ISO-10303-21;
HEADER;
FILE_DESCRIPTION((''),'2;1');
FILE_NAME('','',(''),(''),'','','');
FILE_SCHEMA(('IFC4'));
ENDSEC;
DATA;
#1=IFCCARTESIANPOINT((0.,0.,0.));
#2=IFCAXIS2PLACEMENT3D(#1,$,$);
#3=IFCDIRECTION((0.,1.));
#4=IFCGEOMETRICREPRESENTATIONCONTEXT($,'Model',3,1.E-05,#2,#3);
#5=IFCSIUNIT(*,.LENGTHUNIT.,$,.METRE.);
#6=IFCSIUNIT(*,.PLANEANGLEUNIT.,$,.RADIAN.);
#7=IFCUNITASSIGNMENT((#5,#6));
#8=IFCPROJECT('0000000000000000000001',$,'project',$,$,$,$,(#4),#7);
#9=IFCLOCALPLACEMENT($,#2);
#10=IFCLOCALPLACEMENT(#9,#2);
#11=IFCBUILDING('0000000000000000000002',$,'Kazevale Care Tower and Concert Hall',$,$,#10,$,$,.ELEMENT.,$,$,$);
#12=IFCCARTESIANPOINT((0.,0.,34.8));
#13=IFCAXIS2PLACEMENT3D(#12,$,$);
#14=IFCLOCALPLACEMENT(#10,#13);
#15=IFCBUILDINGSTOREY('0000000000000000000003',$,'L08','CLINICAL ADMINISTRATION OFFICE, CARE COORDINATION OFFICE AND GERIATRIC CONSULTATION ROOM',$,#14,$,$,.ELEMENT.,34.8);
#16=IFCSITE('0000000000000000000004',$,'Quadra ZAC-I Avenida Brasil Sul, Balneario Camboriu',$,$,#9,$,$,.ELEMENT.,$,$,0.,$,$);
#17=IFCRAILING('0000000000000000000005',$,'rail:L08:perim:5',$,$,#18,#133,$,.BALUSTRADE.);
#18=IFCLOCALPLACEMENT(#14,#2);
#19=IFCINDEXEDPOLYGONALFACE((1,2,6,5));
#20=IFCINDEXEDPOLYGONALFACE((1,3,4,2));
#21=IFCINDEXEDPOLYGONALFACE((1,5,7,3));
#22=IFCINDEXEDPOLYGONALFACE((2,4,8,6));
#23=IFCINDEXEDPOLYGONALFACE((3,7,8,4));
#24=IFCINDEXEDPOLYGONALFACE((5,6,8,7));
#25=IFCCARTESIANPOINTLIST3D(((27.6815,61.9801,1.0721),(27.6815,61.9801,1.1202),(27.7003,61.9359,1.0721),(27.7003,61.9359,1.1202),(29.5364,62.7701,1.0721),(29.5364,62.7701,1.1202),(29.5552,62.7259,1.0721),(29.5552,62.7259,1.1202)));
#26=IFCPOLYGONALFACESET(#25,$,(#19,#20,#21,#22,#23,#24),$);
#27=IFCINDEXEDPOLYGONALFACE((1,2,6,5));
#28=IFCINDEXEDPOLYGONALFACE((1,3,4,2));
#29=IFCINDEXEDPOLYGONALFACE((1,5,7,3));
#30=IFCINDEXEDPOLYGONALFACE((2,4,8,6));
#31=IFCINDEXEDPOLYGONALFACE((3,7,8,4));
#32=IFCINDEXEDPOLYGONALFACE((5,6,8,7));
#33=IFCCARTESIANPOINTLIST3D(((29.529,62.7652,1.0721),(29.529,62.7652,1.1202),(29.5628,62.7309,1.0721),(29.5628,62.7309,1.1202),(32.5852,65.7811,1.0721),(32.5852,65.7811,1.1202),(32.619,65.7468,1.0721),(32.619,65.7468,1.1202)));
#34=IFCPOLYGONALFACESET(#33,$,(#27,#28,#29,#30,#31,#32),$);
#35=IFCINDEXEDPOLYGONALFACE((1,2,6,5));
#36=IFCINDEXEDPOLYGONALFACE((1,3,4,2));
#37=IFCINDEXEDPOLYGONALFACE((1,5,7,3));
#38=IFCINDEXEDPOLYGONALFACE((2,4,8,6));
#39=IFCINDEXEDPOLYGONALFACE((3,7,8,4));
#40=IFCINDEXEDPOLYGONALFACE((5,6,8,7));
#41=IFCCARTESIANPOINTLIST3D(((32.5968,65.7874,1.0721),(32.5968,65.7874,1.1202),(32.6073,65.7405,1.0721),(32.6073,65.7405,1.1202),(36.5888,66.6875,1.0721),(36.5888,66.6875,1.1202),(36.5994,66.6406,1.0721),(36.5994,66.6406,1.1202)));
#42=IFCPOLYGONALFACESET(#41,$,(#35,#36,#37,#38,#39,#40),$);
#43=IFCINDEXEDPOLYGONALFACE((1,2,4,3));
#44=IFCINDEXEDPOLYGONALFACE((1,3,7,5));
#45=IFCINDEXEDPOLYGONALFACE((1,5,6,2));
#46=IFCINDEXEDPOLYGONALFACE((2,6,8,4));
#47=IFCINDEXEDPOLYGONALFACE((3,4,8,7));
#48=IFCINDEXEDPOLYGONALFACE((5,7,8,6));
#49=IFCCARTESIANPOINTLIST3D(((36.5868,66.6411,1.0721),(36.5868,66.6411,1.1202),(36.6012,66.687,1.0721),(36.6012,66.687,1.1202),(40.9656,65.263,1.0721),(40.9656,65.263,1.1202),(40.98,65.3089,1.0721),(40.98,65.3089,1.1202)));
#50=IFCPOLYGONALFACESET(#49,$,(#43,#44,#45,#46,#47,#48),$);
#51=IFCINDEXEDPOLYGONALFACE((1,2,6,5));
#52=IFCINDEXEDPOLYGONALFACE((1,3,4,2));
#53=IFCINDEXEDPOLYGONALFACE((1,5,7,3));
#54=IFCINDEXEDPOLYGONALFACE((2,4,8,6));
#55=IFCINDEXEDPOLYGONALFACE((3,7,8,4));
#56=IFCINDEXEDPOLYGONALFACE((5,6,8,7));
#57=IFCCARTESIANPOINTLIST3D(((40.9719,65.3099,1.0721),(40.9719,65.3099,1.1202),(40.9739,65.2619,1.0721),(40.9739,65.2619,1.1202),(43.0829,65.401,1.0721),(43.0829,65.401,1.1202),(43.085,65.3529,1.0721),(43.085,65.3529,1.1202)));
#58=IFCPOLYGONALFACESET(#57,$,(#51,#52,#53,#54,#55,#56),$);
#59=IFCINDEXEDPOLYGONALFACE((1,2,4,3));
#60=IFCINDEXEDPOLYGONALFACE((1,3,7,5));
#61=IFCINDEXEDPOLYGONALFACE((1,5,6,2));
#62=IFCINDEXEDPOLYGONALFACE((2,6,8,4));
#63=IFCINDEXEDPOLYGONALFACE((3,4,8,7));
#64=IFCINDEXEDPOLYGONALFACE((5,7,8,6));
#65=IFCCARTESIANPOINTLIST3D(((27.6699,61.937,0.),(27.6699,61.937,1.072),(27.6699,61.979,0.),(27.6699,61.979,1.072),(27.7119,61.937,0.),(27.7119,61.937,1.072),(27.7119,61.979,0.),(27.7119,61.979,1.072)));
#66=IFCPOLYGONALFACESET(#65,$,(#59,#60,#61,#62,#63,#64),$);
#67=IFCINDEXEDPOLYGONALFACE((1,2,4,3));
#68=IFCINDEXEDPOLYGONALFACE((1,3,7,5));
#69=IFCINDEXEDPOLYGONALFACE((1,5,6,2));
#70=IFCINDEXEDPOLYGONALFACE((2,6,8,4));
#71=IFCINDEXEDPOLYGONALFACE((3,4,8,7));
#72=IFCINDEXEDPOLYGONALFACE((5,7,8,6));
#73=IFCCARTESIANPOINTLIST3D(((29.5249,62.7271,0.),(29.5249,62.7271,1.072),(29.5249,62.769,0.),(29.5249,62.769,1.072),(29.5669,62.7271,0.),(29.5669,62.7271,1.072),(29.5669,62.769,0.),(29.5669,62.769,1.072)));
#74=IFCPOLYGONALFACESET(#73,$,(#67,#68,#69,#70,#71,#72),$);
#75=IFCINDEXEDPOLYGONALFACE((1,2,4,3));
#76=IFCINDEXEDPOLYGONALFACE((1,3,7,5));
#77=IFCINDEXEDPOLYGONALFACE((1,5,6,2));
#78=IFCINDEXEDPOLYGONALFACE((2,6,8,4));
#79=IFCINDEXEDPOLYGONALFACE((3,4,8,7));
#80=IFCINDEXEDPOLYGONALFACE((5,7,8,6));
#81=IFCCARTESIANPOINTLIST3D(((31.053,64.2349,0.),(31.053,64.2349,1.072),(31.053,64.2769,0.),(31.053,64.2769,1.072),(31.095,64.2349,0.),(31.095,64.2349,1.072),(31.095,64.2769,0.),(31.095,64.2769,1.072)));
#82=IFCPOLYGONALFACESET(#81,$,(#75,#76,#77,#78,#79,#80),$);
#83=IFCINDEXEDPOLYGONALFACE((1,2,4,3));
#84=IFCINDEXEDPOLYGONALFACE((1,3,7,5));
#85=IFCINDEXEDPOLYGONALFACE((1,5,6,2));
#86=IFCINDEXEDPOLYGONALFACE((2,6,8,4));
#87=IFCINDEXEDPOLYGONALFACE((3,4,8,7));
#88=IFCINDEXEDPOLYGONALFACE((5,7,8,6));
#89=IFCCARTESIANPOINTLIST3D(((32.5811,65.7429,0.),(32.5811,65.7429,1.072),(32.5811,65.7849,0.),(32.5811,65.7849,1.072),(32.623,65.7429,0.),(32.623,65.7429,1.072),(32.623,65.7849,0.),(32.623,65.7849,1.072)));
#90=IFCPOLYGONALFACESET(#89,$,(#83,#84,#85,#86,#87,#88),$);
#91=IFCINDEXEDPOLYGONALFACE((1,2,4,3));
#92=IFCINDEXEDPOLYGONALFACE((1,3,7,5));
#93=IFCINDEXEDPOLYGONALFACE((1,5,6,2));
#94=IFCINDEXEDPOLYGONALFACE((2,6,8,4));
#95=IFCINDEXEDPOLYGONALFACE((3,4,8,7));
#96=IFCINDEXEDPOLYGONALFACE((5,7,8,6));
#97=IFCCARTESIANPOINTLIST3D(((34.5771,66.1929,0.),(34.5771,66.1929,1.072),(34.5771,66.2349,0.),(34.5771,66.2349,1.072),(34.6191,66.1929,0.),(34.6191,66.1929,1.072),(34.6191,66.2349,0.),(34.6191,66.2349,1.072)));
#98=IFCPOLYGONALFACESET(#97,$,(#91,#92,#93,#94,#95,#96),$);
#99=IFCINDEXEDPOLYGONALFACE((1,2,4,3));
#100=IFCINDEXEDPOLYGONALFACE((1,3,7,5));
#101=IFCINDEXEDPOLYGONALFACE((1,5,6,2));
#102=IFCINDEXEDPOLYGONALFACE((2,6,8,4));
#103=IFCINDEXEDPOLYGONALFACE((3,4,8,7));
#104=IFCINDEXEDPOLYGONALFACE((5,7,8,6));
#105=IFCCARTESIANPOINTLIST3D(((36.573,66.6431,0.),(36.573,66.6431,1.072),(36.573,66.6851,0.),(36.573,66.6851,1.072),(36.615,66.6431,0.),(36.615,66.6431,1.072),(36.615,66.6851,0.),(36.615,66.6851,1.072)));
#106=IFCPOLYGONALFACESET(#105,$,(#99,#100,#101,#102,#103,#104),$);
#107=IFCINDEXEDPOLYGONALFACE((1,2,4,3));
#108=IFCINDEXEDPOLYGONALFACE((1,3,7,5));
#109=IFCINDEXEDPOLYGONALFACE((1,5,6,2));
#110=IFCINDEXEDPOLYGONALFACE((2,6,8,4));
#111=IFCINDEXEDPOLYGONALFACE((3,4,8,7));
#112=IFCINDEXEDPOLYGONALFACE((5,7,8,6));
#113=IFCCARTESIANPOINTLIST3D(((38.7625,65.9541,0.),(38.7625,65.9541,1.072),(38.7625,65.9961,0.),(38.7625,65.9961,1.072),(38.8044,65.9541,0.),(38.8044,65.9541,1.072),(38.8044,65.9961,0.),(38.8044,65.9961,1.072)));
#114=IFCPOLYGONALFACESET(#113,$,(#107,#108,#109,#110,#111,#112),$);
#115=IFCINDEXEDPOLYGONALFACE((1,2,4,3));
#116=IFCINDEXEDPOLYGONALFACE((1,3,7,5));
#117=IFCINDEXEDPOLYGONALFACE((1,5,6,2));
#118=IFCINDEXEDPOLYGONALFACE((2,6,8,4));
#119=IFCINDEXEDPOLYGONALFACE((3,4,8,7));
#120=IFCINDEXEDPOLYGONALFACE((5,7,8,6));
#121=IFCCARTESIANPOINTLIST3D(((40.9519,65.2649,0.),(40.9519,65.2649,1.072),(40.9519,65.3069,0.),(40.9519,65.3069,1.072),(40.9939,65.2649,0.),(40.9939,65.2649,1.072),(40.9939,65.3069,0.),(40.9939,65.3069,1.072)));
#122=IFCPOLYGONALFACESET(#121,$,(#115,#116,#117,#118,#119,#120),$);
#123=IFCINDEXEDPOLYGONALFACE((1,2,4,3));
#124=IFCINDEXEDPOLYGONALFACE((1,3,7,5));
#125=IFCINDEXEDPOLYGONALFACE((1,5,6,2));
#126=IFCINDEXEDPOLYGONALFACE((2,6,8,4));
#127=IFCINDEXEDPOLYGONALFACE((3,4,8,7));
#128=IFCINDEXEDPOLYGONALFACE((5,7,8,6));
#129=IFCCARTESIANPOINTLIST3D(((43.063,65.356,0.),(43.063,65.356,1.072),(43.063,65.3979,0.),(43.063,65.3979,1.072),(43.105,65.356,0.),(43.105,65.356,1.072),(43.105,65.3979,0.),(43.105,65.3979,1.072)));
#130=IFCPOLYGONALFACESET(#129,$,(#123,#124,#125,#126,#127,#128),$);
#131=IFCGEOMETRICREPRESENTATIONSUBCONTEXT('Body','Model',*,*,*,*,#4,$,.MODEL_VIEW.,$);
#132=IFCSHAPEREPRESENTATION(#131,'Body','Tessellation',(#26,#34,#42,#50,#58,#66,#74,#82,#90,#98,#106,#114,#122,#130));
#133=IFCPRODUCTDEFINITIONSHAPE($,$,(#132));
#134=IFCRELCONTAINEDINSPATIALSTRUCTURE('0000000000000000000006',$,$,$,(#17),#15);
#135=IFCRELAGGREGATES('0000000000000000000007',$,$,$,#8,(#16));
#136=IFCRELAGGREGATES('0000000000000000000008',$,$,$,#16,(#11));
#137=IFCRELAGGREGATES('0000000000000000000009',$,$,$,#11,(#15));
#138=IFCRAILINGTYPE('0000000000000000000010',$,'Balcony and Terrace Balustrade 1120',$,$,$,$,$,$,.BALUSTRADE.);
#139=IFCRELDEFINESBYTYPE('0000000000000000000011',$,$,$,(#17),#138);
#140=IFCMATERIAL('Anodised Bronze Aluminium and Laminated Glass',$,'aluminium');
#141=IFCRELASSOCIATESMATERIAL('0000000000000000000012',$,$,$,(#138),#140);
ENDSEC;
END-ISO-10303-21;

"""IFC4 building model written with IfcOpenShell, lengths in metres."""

from ifc_helpers import new_model, si_unit, direction, frame, origin, origin_2d, place, context, subcontext, project, spatial, rectangle, extrude, material, type_object, element, save


model = new_model("IFC4")

# Units and contexts
model_context = context("Model", 3, precision=1e-05, world=origin(), true_north=direction((0.0, 1.0)))
body_context = subcontext(model_context, "Body", "Model", "MODEL_VIEW")
ifc_project = project(units=[si_unit("LENGTHUNIT", "METRE"), si_unit("PLANEANGLEUNIT", "RADIAN")], contexts=[model_context])

# Site, building, storey
site_placement = place(None, origin())
site = spatial("IfcSite", under=ifc_project, at=site_placement, Name="Quadra ZAC-I Avenida Brasil Sul, Balneario Camboriu", CompositionType="ELEMENT", RefElevation=0.0)
building_placement = place(site_placement, origin())
building = spatial("IfcBuilding", under=site, at=building_placement, Name="Kazevale Care Tower and Concert Hall", CompositionType="ELEMENT")
storey_placement = place(building_placement, frame((0.0, 0.0, 34.8)))
storey = spatial("IfcBuildingStorey", under=building, at=storey_placement, Name="L08", Description="CLINICAL ADMINISTRATION OFFICE, CARE COORDINATION OFFICE AND GERIATRIC CONSULTATION ROOM", CompositionType="ELEMENT", Elevation=34.8)

# Railing
ifc_material_1 = material(Name="Anodised Bronze Aluminium and Laminated Glass", Category="aluminium")
railing_type = type_object("IfcRailingType", Name="Balcony and Terrace Balustrade 1120", PredefinedType="BALUSTRADE", material=ifc_material_1)
railing_1_placement = place(storey_placement, frame((27.6909, 61.958, 0.0)))
element("IfcRailing", 1, at=railing_1_placement, inside=storey, type_object=railing_type, Name="rail:L08:perim:5", PredefinedType="BALUSTRADE", context=body_context, shape_type="SweptSolid", body=[
    extrude(rectangle(XDim=0.0481, YDim=0.0481, at=origin_2d()), frame((0.0, 0.0, 1.0962), z_axis=(0.920032, 0.391843, 0.0), x_axis=(-0.391843, 0.920032, 0.0)), (0.0, 0.0, 1.0), 2.0161),
    extrude(rectangle(XDim=0.0481, YDim=0.0481, at=origin_2d()), frame((1.855, 0.79, 1.0962), z_axis=(0.711782, 0.7024, 0.0), x_axis=(-0.7024, 0.711782, 0.0)), (0.0, 0.0, 1.0), 4.2937),
    extrude(rectangle(XDim=0.0481, YDim=0.0481, at=origin_2d()), frame((4.9111, 3.8059, 1.0962), z_axis=(0.975507, 0.219968, 0.0), x_axis=(-0.219968, 0.975507, 0.0)), (0.0, 0.0, 1.0), 4.0923),
    extrude(rectangle(XDim=0.0481, YDim=0.0481, at=origin_2d()), frame((8.9031, 4.7061, 1.0962), z_axis=(0.953872, -0.300212, 0.0), x_axis=(0.300212, 0.953872, 0.0)), (0.0, 0.0, 1.0), 4.5906),
    extrude(rectangle(XDim=0.0481, YDim=0.0481, at=origin_2d()), frame((13.282, 3.3279, 1.0962), z_axis=(0.999071, 0.043096, 0.0), x_axis=(-0.043096, 0.999071, 0.0)), (0.0, 0.0, 1.0), 2.113),
    extrude(rectangle(XDim=0.042, YDim=0.042, at=origin_2d()), origin(), (0.0, 0.0, 1.0), 1.072),
    extrude(rectangle(XDim=0.042, YDim=0.042, at=origin_2d()), frame((1.855, 0.79, 0.0)), (0.0, 0.0, 1.0), 1.072),
    extrude(rectangle(XDim=0.042, YDim=0.042, at=origin_2d()), frame((3.3831, 2.2979, 0.0)), (0.0, 0.0, 1.0), 1.072),
    extrude(rectangle(XDim=0.042, YDim=0.042, at=origin_2d()), frame((4.9111, 3.8059, 0.0)), (0.0, 0.0, 1.0), 1.072),
    extrude(rectangle(XDim=0.042, YDim=0.042, at=origin_2d()), frame((6.9072, 4.2559, 0.0)), (0.0, 0.0, 1.0), 1.072),
    extrude(rectangle(XDim=0.042, YDim=0.042, at=origin_2d()), frame((8.9031, 4.7061, 0.0)), (0.0, 0.0, 1.0), 1.072),
    extrude(rectangle(XDim=0.042, YDim=0.042, at=origin_2d()), frame((11.0925, 4.0171, 0.0)), (0.0, 0.0, 1.0), 1.072),
    extrude(rectangle(XDim=0.042, YDim=0.042, at=origin_2d()), frame((13.282, 3.3279, 0.0)), (0.0, 0.0, 1.0), 1.072),
    extrude(rectangle(XDim=0.042, YDim=0.042, at=origin_2d()), frame((15.3931, 3.4189, 0.0)), (0.0, 0.0, 1.0), 1.072),
])

save(model, "model.ifc")
